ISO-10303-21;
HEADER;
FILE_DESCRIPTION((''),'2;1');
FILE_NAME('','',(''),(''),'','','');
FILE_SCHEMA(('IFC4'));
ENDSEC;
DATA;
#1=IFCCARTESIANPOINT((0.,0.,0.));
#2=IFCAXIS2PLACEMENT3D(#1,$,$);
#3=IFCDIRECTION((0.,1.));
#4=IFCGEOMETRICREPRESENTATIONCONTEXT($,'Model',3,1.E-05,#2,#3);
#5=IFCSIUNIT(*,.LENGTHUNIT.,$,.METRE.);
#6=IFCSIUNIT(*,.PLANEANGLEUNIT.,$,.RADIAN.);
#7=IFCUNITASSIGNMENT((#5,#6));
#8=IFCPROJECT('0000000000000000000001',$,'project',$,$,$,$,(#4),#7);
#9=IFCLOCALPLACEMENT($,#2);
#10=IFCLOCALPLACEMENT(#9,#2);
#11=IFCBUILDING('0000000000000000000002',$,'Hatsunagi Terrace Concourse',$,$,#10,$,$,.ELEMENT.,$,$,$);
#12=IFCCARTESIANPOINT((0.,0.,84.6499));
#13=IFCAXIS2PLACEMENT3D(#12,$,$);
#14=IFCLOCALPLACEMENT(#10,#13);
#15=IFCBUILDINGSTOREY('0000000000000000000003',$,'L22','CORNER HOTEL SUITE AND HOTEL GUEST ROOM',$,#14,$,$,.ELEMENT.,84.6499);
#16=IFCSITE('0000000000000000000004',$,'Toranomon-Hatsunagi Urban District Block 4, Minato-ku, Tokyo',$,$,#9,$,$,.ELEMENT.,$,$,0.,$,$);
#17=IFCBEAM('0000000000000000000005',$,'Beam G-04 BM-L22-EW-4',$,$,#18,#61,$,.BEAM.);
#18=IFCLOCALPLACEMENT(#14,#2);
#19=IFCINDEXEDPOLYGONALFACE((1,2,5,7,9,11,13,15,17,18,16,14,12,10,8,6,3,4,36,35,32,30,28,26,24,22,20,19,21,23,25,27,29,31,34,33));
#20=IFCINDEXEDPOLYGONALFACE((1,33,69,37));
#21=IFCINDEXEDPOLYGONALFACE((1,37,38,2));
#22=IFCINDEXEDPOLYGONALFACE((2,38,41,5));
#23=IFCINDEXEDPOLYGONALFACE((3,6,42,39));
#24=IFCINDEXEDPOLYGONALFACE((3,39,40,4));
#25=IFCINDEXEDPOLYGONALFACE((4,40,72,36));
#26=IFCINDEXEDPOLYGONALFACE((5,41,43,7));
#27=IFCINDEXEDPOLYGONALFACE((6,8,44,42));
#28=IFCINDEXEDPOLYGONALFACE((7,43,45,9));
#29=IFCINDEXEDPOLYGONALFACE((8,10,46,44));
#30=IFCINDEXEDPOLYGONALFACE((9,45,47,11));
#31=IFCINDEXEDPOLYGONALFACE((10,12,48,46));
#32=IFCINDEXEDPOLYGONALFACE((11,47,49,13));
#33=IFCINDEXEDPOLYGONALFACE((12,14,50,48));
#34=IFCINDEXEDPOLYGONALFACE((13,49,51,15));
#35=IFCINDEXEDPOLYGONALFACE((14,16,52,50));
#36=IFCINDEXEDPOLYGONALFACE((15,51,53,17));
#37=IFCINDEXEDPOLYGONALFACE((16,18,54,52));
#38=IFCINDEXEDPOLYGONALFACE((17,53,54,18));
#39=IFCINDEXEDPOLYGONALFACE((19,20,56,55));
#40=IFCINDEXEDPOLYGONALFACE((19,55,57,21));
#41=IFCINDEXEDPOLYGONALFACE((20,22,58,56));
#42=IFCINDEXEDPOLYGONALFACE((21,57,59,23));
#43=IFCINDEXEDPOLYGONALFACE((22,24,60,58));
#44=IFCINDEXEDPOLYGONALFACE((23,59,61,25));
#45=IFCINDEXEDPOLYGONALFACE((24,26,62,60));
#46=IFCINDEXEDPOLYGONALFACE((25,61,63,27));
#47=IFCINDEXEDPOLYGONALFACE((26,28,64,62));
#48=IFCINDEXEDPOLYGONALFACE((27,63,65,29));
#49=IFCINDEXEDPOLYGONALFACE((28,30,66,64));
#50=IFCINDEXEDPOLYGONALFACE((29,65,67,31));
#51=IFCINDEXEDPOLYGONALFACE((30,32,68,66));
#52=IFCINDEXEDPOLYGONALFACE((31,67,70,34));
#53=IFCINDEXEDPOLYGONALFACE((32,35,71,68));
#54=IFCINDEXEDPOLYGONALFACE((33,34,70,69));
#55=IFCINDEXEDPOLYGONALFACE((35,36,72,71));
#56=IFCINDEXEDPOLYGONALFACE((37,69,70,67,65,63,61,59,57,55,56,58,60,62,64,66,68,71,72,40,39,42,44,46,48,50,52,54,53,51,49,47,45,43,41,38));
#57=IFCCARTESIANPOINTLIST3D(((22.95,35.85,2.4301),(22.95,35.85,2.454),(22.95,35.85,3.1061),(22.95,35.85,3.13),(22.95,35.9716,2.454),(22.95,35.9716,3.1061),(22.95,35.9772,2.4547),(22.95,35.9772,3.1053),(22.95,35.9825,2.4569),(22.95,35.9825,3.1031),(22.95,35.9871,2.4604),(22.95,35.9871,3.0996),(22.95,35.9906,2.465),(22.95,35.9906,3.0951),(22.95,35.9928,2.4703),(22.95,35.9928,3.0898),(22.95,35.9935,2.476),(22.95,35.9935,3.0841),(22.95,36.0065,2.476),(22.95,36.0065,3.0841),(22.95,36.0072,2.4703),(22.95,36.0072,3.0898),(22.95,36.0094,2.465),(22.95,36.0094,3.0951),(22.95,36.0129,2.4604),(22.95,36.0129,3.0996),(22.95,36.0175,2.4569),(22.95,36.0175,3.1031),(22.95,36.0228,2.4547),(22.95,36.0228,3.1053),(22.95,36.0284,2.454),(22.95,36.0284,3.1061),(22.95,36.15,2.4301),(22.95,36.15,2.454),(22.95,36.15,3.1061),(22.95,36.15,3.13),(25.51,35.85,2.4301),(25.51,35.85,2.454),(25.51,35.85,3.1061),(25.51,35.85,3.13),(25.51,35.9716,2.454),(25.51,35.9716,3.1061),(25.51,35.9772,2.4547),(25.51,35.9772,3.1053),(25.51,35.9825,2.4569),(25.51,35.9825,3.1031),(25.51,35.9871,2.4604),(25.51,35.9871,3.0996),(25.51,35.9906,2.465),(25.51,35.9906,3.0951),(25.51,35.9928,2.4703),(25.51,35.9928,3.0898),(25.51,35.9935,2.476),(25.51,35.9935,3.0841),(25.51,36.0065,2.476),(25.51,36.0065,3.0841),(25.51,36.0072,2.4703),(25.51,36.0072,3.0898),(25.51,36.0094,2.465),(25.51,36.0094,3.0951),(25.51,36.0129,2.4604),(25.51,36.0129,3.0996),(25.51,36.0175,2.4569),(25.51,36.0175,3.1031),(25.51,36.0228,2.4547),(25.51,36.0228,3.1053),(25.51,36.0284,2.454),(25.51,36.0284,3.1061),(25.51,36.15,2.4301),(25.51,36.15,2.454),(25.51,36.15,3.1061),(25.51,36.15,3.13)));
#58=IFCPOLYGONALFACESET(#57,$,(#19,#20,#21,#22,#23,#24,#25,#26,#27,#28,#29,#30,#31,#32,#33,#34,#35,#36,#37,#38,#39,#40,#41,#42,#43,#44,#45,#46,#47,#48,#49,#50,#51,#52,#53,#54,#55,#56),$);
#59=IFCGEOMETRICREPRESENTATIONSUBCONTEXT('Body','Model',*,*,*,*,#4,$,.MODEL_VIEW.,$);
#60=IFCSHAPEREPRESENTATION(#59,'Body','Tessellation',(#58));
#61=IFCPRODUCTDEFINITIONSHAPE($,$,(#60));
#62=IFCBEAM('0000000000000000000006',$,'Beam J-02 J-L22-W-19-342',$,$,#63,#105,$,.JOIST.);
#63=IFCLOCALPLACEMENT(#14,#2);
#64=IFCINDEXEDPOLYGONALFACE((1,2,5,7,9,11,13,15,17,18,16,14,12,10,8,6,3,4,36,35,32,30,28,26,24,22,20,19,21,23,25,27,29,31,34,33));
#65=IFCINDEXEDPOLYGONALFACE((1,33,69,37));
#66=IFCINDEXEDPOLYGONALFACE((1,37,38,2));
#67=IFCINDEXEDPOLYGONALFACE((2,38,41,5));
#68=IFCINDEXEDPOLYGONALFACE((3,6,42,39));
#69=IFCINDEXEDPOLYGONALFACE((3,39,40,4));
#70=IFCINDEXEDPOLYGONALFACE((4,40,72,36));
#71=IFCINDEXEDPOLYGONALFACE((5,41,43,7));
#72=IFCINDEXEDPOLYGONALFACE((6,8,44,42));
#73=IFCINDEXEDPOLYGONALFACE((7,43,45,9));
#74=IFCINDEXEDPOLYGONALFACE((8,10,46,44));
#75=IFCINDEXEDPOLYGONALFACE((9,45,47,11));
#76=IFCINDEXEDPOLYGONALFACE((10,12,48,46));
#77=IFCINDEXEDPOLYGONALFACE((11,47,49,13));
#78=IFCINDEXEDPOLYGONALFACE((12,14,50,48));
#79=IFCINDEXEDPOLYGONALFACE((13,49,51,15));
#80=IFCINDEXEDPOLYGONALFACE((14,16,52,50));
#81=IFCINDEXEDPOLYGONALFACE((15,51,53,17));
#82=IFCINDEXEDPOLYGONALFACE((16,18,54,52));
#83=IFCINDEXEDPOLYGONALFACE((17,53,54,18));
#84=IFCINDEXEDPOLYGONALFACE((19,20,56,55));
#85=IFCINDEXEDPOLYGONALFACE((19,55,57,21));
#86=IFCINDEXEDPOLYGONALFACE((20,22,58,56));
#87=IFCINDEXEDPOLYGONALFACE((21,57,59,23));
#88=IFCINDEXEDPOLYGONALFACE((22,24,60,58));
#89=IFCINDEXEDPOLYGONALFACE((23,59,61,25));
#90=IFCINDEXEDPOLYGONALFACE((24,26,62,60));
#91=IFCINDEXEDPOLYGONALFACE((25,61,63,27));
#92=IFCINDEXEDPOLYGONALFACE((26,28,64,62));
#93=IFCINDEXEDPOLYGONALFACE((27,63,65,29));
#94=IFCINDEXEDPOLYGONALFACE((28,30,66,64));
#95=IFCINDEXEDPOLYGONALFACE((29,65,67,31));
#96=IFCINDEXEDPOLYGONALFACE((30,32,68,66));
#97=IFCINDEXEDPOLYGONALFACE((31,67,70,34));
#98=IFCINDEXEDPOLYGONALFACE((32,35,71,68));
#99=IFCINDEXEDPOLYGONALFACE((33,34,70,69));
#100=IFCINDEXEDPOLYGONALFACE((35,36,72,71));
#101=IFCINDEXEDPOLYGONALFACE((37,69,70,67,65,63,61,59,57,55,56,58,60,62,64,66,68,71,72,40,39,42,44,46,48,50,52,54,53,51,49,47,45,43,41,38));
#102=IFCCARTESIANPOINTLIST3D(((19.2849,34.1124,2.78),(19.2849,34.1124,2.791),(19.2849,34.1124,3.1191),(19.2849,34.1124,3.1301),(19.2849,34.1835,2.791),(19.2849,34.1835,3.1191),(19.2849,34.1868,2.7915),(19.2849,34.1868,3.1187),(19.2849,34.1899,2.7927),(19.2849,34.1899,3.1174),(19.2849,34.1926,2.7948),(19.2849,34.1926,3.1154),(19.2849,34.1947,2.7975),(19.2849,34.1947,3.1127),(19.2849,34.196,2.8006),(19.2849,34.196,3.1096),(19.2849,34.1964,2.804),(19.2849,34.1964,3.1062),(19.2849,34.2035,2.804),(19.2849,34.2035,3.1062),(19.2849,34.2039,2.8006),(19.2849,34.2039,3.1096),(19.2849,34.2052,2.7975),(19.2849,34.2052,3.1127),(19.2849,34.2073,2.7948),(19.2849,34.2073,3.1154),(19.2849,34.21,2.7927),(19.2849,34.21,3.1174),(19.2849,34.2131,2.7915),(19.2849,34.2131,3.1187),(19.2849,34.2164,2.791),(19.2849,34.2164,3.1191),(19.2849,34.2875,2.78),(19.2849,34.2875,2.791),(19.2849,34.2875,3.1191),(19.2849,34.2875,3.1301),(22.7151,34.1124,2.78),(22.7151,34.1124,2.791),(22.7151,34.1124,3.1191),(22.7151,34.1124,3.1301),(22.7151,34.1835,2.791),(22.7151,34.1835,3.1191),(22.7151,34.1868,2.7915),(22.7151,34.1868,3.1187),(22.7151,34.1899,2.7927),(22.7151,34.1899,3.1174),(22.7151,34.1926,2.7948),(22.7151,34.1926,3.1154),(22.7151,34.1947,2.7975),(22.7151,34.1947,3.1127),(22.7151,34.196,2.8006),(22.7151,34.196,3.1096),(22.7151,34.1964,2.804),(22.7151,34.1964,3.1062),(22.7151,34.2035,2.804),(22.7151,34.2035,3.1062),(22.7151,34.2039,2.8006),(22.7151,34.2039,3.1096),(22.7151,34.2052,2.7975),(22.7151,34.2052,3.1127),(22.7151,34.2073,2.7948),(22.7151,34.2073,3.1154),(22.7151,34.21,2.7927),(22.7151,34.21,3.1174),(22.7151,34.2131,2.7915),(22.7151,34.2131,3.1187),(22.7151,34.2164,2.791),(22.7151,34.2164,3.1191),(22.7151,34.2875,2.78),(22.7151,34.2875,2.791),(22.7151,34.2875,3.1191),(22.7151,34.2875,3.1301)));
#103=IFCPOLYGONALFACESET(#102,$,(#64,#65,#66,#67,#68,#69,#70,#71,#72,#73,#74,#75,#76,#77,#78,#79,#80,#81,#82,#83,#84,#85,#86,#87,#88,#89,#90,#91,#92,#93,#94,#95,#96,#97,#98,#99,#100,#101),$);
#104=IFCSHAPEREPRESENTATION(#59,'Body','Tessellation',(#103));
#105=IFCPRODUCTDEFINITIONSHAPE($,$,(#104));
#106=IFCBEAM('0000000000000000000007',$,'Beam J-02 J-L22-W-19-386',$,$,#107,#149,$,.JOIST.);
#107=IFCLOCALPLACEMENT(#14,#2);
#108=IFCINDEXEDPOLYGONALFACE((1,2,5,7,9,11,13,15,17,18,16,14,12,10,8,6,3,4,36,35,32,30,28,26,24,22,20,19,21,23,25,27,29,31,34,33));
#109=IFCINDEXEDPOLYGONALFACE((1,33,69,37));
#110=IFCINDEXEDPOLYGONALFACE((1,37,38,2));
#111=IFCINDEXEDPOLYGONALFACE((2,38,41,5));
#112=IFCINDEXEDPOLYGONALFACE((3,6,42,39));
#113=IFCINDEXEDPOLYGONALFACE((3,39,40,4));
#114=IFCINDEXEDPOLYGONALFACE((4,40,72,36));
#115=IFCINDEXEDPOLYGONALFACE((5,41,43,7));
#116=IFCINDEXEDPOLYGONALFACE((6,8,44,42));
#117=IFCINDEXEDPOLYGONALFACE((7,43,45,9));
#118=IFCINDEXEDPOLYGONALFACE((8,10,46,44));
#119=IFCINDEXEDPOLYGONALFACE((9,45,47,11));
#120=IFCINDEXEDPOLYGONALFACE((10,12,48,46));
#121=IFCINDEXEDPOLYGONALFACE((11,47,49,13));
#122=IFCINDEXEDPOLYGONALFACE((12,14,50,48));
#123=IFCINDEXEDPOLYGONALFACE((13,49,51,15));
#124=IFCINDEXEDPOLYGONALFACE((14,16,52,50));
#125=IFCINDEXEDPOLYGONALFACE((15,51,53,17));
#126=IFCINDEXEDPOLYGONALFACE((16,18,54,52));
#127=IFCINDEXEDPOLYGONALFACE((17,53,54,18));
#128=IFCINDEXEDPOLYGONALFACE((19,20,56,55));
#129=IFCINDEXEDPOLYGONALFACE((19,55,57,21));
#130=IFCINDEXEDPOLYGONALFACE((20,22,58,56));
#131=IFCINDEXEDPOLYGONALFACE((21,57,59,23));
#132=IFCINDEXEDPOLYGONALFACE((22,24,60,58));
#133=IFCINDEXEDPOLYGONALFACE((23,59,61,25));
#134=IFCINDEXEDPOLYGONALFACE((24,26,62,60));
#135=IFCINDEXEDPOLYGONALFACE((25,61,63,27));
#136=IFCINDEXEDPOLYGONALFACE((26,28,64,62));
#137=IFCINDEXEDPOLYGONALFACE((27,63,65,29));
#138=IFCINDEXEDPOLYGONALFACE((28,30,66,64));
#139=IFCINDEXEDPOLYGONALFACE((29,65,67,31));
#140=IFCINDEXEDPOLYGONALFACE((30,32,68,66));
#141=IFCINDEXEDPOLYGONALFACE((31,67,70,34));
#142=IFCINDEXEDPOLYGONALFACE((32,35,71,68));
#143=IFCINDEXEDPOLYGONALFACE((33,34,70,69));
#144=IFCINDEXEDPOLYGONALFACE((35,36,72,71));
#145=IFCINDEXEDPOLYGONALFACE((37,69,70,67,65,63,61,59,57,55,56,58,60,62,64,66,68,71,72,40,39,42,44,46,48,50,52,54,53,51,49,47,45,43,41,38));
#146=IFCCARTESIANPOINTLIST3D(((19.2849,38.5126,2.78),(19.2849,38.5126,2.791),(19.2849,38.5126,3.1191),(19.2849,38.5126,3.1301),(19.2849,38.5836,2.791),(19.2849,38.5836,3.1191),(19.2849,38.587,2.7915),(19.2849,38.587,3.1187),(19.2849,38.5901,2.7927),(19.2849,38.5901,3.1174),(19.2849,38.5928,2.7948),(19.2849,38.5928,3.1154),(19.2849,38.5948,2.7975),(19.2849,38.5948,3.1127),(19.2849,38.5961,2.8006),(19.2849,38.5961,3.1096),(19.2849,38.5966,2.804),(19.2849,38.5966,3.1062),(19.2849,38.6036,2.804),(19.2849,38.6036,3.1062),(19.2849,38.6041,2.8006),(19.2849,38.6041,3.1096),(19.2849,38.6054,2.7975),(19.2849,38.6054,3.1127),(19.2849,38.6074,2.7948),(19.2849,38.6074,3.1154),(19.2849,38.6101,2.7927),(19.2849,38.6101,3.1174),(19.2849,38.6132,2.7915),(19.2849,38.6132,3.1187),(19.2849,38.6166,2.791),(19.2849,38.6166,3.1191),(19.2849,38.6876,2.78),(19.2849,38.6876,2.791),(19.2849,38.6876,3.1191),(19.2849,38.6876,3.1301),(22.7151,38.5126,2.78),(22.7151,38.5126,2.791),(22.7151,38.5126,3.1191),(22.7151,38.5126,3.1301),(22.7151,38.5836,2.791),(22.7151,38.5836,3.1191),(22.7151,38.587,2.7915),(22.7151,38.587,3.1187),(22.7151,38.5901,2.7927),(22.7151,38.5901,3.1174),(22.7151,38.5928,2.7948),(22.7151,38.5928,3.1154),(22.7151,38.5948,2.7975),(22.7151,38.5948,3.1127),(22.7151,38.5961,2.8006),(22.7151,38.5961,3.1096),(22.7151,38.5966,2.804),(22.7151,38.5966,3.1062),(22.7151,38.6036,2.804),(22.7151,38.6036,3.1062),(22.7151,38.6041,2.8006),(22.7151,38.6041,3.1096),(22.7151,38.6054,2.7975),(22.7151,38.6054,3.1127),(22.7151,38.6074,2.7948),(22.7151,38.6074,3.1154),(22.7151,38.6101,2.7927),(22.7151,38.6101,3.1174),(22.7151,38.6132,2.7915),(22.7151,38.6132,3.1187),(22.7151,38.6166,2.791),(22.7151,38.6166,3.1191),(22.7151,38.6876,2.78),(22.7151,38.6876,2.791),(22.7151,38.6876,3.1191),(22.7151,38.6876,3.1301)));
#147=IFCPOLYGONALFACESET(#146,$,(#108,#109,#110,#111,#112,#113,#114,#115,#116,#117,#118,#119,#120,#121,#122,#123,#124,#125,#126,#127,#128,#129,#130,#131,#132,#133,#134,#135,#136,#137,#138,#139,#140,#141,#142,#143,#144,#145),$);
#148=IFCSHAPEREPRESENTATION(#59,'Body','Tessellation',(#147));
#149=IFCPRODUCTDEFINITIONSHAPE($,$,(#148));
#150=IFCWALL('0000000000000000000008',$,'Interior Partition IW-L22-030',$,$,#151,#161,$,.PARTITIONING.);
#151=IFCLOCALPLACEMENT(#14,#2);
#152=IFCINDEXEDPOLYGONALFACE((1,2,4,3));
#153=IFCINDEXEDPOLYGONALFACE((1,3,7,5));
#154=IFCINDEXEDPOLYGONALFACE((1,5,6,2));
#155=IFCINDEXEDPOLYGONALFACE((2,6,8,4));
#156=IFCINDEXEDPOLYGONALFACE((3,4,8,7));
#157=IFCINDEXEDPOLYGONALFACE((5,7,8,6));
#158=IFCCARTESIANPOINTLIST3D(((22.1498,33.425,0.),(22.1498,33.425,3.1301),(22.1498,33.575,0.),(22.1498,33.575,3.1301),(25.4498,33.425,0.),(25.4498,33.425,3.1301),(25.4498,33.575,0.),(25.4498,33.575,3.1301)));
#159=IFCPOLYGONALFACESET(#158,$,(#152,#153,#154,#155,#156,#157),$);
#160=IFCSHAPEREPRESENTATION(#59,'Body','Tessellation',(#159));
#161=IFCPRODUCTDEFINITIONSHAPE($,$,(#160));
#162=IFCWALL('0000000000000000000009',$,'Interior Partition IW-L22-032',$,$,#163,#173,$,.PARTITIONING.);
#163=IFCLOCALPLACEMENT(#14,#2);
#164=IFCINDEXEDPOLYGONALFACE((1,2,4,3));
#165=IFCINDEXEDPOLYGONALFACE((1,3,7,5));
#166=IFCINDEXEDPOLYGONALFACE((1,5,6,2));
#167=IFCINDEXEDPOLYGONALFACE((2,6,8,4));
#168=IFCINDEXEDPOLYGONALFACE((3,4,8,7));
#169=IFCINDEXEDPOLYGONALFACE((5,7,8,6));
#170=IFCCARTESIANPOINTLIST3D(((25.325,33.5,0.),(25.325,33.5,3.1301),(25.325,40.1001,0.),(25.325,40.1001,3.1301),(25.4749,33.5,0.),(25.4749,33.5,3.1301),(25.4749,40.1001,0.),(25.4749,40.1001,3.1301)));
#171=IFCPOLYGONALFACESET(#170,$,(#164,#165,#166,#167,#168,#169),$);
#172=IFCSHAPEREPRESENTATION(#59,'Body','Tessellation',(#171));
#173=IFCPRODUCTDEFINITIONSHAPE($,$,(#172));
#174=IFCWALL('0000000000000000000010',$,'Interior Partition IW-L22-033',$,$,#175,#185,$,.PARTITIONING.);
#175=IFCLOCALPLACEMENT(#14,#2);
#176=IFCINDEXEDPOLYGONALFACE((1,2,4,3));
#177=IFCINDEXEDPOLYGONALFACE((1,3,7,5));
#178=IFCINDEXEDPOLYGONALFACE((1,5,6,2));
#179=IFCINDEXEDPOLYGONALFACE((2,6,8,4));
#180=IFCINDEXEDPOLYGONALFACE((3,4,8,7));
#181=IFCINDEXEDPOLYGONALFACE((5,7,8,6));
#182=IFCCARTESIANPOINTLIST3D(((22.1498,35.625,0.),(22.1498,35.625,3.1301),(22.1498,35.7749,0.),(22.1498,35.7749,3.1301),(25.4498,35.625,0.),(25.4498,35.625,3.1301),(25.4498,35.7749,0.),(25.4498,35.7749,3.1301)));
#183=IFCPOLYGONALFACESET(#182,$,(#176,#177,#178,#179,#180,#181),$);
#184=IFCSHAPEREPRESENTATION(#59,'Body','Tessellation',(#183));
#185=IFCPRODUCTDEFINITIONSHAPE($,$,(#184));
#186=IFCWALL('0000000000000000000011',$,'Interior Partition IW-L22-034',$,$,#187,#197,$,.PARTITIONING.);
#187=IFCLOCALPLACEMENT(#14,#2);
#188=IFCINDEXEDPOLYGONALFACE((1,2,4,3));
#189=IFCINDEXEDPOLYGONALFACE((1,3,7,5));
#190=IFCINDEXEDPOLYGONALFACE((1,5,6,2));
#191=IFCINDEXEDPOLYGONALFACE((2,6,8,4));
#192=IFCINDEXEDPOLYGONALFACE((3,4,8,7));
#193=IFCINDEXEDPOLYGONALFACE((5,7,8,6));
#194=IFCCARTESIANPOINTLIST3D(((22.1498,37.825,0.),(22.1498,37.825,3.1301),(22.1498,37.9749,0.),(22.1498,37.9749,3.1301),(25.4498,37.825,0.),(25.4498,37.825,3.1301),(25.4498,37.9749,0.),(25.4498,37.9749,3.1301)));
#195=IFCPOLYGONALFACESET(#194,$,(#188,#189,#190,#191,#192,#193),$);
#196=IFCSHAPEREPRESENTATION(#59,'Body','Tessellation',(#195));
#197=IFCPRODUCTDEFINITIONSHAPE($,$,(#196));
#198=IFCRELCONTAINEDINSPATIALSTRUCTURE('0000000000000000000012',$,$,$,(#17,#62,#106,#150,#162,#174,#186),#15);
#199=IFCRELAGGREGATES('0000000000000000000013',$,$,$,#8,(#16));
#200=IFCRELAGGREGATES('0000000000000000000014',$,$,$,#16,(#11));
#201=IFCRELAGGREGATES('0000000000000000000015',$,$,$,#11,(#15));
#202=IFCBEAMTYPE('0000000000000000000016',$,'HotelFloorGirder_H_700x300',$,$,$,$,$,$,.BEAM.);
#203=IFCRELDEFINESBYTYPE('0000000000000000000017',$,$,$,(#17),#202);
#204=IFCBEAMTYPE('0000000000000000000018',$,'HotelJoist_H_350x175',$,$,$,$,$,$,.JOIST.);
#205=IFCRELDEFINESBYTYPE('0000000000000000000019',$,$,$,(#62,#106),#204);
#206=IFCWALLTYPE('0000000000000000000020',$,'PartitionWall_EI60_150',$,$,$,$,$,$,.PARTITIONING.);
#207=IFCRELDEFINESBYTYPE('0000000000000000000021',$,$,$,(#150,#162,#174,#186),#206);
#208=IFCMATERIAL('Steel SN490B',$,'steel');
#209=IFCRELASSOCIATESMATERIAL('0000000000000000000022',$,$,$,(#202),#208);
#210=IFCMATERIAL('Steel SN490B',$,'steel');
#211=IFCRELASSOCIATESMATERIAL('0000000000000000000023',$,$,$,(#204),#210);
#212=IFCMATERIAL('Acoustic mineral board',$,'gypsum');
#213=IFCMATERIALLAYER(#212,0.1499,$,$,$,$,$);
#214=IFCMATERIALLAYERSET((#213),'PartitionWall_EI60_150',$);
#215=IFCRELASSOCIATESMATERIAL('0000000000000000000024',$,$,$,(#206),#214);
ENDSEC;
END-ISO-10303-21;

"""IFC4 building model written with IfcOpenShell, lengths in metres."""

from ifc_helpers import new_model, si_unit, direction, frame, frame_2d, origin, origin_2d, place, context, subcontext, project, spatial, rectangle, i_section, extrude, material, layer, layer_set, material_profile, profile_set, type_object, element, save


model = new_model("IFC4")

# Units and contexts
model_context = context("Model", 3, precision=1e-05, world=origin(), true_north=direction((0.0, 1.0)))
body_context = subcontext(model_context, "Body", "Model", "MODEL_VIEW")
ifc_project = project(units=[si_unit("LENGTHUNIT", "METRE"), si_unit("PLANEANGLEUNIT", "RADIAN")], contexts=[model_context])

# Site, building, storey
site_placement = place(None, origin())
site = spatial("IfcSite", under=ifc_project, at=site_placement, Name="Toranomon-Hatsunagi Urban District Block 4, Minato-ku, Tokyo", CompositionType="ELEMENT", RefElevation=0.0)
building_placement = place(site_placement, origin())
building = spatial("IfcBuilding", under=site, at=building_placement, Name="Hatsunagi Terrace Concourse", CompositionType="ELEMENT")
storey_placement = place(building_placement, frame((0.0, 0.0, 84.6499)))
storey = spatial("IfcBuildingStorey", under=building, at=storey_placement, Name="L22", Description="CORNER HOTEL SUITE AND HOTEL GUEST ROOM", CompositionType="ELEMENT", Elevation=84.6499)

# Beams
ifc_material_1 = material(Name="Steel SN490B", Category="steel")
ifc_material_profile_1 = material_profile(ifc_material_1, i_section(OverallWidth=0.3, OverallDepth=0.7, WebThickness=0.0129, FlangeThickness=0.0239, FilletRadius=0.022, at=origin_2d()), Name="H-700x300x13x24")
ifc_profile_set_1 = profile_set([ifc_material_profile_1], Name="Steel SN490B")
beam_type_1 = type_object("IfcBeamType", Name="HotelFloorGirder_H_700x300", PredefinedType="BEAM", material=ifc_profile_set_1)
beam_placement = place(storey_placement, frame((22.95, 36.0, 2.78), z_axis=(1.0, 0.0, 0.0), x_axis=(0.0, 1.0, 0.0)))
element("IfcBeam", 1, at=beam_placement, inside=storey, type_object=beam_type_1, Name="Beam G-04 BM-L22-EW-4", PredefinedType="BEAM", context=body_context, shape_type="SweptSolid", body=[
    extrude(i_section(OverallWidth=0.3, OverallDepth=0.7, WebThickness=0.0129, FlangeThickness=0.0239, FilletRadius=0.022, at=origin_2d()), origin(), (0.0, 0.0, 1.0), 2.5601),
])
ifc_material_2 = material(Name="Steel SN490B", Category="steel")
ifc_material_profile_2 = material_profile(ifc_material_2, i_section(OverallWidth=0.175, OverallDepth=0.3501, WebThickness=0.0071, FlangeThickness=0.011, FilletRadius=0.0129, at=origin_2d()), Name="H-350x175x7x11")
ifc_profile_set_2 = profile_set([ifc_material_profile_2], Name="Steel SN490B")
beam_type_2 = type_object("IfcBeamType", Name="HotelJoist_H_350x175", PredefinedType="JOIST", material=ifc_profile_set_2)
for number, where, z_axis, x_axis, name in (
    (2, (19.2849, 34.2, 2.9551), (1.0, 0.0, 0.0), (0.0, 1.0, 0.0), "Beam J-02 J-L22-W-19-342"),
    (3, (19.2849, 38.6001, 2.9551), (1.0, 0.0, 0.0), (0.0, 1.0, 0.0), "Beam J-02 J-L22-W-19-386"),
):
    element("IfcBeam", number, at=place(storey_placement, frame(where, z_axis=z_axis, x_axis=x_axis)), inside=storey, type_object=beam_type_2, Name=name, PredefinedType="JOIST", context=body_context, shape_type="SweptSolid", body=[
        extrude(i_section(OverallWidth=0.175, OverallDepth=0.3501, WebThickness=0.0071, FlangeThickness=0.011, FilletRadius=0.0129, at=origin_2d()), origin(), (0.0, 0.0, 1.0), 3.4302),
    ])

# Walls
ifc_material_3 = material(Name="Acoustic mineral board", Category="gypsum")
ifc_layer = layer(ifc_material_3, 0.1499)
ifc_layer_set = layer_set([ifc_layer], Name="PartitionWall_EI60_150")
wall_type = type_object("IfcWallType", Name="PartitionWall_EI60_150", PredefinedType="PARTITIONING", material=ifc_layer_set)
wall_1_placement = place(storey_placement, frame((22.1499, 33.5, 0.0), z_axis=(0.0, 0.0, 1.0), x_axis=(1.0, 0.0, 0.0)))
element("IfcWall", 4, at=wall_1_placement, inside=storey, type_object=wall_type, Name="Interior Partition IW-L22-030", PredefinedType="PARTITIONING", context=body_context, shape_type="SweptSolid", body=[
    extrude(rectangle(XDim=3.3, YDim=0.1499, at=frame_2d((1.6499, 0.0))), origin(), (0.0, 0.0, 1.0), 3.1301),
])
wall_2_placement = place(storey_placement, frame((25.3999, 33.5, 0.0), z_axis=(0.0, 0.0, 1.0), x_axis=(0.0, 1.0, 0.0)))
element("IfcWall", 5, at=wall_2_placement, inside=storey, type_object=wall_type, Name="Interior Partition IW-L22-032", PredefinedType="PARTITIONING", context=body_context, shape_type="SweptSolid", body=[
    extrude(rectangle(XDim=6.6001, YDim=0.1499, at=frame_2d((3.3, 0.0))), origin(), (0.0, 0.0, 1.0), 3.1301),
])
for number, where, z_axis, x_axis, name in (
    (6, (22.1499, 35.7, 0.0), (0.0, 0.0, 1.0), (1.0, 0.0, 0.0), "Interior Partition IW-L22-033"),
    (7, (22.1499, 37.8999, 0.0), (0.0, 0.0, 1.0), (1.0, 0.0, 0.0), "Interior Partition IW-L22-034"),
):
    element("IfcWall", number, at=place(storey_placement, frame(where, z_axis=z_axis, x_axis=x_axis)), inside=storey, type_object=wall_type, Name=name, PredefinedType="PARTITIONING", context=body_context, shape_type="SweptSolid", body=[
        extrude(rectangle(XDim=3.3, YDim=0.1499, at=frame_2d((1.6499, 0.0))), origin(), (0.0, 0.0, 1.0), 3.1301),
    ])

save(model, "model.ifc")
